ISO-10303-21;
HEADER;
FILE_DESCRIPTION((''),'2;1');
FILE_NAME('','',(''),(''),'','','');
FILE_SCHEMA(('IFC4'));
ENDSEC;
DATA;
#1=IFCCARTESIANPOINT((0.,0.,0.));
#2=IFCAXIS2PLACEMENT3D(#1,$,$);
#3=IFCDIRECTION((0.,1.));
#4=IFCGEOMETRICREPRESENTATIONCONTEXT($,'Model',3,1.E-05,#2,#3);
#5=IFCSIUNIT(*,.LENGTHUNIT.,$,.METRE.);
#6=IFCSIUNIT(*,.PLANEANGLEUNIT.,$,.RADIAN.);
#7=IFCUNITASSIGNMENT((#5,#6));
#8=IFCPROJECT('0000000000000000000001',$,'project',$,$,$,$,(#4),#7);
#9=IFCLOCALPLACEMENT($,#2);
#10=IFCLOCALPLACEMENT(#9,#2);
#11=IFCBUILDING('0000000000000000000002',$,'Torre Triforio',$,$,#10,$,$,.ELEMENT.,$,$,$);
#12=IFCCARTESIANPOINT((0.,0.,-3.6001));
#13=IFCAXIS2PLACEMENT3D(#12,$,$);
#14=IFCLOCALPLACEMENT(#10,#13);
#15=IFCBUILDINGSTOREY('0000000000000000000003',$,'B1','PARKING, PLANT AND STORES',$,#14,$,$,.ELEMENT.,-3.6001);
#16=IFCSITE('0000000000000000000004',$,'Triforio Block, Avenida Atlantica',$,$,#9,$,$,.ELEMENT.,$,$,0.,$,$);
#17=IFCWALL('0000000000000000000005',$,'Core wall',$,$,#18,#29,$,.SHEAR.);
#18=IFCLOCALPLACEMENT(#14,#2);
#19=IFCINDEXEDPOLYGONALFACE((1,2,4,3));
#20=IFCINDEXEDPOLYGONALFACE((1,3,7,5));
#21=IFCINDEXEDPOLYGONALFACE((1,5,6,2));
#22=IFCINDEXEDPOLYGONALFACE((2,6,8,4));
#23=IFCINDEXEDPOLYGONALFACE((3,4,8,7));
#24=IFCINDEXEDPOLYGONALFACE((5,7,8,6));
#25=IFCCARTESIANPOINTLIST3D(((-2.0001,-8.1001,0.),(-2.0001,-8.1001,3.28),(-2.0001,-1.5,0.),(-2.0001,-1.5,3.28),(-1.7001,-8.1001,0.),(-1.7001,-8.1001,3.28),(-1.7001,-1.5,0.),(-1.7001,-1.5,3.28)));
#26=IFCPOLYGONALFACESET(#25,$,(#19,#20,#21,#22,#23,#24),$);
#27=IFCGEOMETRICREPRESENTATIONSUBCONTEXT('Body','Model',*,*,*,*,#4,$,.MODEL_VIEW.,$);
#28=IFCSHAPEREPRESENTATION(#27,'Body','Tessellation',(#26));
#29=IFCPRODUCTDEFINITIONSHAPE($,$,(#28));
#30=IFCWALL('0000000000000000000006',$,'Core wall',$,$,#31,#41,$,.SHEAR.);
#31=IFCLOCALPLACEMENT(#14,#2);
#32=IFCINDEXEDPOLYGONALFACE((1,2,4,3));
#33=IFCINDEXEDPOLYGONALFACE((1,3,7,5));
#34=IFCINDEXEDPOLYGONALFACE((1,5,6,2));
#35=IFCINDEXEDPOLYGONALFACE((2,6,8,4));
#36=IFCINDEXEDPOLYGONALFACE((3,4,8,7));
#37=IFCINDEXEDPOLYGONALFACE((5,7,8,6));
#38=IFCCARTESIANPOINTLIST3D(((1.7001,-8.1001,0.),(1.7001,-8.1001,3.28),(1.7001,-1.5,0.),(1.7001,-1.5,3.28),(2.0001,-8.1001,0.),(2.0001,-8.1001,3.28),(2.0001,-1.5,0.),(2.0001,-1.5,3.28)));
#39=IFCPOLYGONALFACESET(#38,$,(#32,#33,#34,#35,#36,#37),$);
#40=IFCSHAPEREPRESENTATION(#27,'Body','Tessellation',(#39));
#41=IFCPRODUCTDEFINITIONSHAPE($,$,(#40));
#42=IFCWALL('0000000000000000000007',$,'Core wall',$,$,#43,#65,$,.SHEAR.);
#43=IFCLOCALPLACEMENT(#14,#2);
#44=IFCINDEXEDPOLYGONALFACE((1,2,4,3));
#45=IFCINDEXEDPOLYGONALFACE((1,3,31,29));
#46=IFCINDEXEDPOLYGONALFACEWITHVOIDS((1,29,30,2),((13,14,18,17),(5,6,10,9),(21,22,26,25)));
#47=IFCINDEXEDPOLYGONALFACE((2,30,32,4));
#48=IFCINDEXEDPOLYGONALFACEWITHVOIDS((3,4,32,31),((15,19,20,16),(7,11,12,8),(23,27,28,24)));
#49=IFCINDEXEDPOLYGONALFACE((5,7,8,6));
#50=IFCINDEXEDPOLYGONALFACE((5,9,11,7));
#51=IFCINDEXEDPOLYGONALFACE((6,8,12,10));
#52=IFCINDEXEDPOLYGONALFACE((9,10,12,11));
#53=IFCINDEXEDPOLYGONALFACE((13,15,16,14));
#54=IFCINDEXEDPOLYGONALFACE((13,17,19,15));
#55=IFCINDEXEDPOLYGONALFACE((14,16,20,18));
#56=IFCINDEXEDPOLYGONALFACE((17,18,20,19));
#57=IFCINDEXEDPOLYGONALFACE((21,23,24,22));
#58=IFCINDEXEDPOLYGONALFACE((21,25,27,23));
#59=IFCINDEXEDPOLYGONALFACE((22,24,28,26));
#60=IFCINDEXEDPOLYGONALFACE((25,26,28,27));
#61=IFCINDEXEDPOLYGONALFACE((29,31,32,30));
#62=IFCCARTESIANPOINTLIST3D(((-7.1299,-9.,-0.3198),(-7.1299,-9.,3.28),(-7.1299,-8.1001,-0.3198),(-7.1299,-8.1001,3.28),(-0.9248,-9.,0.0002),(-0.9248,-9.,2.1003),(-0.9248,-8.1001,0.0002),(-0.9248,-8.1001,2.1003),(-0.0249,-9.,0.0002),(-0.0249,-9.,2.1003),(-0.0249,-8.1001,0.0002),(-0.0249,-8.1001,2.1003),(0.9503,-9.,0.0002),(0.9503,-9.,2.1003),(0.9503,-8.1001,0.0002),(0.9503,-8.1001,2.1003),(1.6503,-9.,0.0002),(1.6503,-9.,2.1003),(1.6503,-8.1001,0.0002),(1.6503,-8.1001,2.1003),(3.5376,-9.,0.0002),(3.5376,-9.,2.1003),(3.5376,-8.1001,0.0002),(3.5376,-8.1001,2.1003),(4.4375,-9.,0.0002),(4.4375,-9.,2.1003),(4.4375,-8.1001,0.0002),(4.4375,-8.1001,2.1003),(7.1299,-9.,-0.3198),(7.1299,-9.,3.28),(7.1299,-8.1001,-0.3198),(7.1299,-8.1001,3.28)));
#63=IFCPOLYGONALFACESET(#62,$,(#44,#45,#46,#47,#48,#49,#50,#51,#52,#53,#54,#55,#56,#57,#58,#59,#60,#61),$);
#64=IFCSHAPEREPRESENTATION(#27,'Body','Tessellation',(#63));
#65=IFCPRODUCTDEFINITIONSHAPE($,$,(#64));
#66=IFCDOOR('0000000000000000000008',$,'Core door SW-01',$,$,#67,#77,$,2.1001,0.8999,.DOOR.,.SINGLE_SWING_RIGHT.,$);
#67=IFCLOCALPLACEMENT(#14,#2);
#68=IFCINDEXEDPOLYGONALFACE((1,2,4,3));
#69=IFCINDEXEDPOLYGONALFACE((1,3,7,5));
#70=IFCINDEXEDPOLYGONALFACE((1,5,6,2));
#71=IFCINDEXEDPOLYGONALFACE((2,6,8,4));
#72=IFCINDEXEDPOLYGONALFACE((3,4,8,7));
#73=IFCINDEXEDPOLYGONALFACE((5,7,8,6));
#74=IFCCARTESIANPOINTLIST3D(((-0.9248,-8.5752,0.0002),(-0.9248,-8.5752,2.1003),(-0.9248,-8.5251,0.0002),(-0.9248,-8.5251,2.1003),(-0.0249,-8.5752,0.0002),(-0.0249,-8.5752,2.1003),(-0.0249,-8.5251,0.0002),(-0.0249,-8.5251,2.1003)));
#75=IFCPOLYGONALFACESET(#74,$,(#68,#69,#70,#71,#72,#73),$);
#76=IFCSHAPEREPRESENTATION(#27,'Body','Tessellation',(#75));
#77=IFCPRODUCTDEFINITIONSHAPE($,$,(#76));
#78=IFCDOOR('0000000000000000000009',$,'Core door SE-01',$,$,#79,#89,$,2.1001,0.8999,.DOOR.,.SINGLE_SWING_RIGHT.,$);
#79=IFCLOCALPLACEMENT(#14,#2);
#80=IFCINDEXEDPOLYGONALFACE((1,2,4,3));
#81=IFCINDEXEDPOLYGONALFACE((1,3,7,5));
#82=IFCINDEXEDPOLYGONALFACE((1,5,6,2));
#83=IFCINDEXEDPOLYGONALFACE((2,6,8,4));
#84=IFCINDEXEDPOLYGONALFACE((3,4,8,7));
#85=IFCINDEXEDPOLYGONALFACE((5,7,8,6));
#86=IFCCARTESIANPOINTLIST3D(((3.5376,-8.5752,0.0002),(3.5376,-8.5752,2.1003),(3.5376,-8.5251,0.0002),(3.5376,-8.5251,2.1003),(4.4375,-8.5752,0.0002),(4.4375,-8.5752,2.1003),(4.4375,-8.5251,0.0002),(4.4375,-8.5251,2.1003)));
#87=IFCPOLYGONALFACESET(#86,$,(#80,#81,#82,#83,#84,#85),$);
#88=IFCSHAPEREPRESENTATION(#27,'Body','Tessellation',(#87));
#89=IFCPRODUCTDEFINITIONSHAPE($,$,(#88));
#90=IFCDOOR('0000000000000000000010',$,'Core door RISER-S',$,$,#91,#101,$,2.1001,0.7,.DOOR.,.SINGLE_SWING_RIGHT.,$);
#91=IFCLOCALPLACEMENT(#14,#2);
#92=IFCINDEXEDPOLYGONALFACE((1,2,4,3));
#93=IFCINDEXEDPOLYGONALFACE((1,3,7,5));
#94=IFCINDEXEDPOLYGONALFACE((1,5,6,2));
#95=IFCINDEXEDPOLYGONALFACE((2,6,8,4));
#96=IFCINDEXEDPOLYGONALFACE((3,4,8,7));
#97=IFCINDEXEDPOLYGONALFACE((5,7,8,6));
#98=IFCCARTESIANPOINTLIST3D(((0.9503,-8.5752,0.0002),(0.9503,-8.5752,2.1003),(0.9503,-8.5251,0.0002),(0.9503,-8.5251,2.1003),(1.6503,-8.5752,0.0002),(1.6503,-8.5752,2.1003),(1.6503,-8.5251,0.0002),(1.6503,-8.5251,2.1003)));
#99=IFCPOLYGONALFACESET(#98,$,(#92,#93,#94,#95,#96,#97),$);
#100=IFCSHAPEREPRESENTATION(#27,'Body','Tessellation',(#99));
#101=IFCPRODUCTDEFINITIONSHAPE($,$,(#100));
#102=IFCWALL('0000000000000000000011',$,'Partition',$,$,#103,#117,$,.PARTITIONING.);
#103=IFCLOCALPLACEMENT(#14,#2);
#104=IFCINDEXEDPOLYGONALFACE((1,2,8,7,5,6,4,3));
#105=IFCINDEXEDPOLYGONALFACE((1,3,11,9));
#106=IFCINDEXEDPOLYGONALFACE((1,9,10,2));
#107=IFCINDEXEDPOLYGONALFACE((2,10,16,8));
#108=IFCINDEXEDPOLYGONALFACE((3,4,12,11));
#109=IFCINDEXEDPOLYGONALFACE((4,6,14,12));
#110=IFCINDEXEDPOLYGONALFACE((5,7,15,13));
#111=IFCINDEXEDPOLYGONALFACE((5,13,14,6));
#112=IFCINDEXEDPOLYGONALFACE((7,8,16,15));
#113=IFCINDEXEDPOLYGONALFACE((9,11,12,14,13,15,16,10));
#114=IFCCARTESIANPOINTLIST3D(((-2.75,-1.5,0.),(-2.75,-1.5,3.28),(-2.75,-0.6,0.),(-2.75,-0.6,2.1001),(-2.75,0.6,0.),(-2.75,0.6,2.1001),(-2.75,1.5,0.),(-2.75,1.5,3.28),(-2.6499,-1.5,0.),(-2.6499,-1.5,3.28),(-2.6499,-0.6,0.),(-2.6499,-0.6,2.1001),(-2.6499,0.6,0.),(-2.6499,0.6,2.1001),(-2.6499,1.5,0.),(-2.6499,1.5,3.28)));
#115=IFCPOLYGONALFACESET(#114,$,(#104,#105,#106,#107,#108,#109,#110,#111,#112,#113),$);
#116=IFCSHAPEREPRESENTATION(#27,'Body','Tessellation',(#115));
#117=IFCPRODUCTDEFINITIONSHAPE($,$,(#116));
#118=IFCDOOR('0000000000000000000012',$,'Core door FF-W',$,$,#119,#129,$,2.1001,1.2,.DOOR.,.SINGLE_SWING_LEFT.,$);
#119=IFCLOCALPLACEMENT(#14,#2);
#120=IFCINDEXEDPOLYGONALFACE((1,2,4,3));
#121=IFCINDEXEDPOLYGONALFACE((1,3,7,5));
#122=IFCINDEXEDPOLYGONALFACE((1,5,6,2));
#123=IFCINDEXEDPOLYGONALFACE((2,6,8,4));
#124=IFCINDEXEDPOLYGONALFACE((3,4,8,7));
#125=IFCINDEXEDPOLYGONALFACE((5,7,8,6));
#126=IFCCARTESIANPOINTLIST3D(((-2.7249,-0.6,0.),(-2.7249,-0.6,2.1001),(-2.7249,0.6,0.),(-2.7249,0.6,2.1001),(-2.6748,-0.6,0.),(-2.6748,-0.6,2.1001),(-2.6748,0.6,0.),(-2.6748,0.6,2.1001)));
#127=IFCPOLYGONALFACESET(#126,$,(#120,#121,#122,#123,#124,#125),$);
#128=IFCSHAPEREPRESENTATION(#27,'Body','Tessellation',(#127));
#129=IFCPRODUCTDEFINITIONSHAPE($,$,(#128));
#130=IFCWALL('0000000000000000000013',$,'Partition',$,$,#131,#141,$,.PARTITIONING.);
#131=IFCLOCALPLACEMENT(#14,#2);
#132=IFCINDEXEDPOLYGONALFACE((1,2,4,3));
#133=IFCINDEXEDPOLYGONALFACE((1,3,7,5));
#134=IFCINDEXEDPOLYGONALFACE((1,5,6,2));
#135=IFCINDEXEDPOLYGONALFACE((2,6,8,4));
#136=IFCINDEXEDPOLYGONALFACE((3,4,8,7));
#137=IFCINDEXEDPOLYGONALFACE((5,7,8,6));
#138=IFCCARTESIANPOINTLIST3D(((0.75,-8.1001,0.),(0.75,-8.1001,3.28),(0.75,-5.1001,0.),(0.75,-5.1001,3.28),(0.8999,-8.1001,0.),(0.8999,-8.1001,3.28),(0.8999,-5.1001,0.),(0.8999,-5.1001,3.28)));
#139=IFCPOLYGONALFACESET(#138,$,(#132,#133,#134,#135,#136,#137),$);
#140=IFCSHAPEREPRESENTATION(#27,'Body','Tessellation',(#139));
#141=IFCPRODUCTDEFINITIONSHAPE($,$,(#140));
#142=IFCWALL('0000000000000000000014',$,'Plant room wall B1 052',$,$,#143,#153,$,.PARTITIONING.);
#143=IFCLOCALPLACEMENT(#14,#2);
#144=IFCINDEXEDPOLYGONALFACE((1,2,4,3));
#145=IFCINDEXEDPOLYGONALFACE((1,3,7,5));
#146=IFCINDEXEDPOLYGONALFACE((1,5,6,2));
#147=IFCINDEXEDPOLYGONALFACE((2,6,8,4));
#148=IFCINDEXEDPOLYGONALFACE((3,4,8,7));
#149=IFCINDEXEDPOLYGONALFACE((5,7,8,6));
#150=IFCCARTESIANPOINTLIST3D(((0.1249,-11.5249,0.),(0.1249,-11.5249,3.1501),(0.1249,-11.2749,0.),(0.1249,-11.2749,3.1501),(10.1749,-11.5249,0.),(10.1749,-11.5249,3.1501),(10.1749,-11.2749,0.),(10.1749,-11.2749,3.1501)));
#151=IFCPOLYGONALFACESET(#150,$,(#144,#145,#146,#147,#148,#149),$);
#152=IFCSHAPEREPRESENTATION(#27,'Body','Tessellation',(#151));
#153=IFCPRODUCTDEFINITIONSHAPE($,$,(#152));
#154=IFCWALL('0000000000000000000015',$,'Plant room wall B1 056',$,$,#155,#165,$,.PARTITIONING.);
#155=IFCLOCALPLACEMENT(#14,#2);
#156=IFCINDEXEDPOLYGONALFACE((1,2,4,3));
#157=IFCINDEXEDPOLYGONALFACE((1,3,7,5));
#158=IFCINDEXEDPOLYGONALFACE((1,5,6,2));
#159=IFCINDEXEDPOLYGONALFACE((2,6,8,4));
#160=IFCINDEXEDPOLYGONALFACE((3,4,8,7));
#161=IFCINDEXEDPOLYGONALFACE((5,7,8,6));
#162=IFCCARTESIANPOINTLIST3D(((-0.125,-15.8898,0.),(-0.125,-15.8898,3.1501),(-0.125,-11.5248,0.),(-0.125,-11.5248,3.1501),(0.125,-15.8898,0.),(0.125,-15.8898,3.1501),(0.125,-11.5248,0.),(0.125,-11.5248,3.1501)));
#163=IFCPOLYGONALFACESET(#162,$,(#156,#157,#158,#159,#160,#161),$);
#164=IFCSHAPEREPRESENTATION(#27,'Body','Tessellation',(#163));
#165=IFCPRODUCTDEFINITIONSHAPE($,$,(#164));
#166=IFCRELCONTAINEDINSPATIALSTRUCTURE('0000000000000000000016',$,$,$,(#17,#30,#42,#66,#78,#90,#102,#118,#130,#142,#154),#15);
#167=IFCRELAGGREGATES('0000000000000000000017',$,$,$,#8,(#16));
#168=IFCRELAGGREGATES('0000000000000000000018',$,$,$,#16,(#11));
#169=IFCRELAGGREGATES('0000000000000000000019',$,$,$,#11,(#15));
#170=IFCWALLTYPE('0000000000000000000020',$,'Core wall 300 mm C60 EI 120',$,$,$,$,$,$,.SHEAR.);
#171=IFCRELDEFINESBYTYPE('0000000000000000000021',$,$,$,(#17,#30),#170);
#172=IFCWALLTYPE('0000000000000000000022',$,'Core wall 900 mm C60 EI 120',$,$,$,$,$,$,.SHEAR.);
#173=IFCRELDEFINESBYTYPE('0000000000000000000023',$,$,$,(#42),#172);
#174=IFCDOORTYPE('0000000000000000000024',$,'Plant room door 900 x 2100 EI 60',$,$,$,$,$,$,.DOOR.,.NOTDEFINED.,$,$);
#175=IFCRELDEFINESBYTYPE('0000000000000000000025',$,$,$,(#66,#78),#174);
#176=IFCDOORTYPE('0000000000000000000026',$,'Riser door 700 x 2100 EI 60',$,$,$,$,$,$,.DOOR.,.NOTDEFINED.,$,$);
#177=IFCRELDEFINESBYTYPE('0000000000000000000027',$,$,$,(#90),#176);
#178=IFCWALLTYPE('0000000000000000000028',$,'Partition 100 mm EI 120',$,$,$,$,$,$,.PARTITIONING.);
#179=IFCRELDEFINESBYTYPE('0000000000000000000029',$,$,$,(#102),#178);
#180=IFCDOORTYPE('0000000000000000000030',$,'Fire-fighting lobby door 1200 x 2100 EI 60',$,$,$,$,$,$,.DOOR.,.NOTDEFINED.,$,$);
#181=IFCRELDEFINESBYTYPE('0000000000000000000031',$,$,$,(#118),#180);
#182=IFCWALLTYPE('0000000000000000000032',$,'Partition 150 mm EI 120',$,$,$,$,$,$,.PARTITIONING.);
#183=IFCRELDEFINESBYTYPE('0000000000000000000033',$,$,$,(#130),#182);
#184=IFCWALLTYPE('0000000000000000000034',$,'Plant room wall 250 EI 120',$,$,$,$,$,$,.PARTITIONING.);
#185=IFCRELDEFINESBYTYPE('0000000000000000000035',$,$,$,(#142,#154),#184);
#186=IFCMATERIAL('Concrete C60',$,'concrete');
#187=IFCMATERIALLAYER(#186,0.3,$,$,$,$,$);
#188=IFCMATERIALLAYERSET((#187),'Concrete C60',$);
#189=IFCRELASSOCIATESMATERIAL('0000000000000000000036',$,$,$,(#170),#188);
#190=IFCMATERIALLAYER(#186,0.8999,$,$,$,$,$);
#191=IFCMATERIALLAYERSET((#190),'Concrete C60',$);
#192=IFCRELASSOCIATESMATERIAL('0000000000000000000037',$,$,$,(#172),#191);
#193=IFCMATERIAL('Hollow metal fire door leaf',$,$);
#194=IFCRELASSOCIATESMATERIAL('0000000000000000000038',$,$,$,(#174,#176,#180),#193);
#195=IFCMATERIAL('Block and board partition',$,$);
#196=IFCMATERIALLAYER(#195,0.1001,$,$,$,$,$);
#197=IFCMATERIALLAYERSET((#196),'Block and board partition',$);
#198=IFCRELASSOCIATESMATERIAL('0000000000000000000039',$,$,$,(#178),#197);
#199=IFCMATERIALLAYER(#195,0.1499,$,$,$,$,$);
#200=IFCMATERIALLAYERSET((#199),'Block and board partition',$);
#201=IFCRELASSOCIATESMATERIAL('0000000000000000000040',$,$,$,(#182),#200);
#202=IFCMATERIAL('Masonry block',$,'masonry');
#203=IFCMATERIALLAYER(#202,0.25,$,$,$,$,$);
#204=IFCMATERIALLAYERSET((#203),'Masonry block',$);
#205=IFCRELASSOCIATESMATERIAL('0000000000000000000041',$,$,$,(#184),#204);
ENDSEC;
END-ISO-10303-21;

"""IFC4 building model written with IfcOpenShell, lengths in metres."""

from ifc_helpers import new_model, si_unit, direction, frame, frame_2d, origin, place, context, subcontext, project, spatial, rectangle, extrude, material, layer, layer_set, type_object, element, fill, save


model = new_model("IFC4")

# Units and contexts
model_context = context("Model", 3, precision=1e-05, world=origin(), true_north=direction((0.0, 1.0)))
body_context = subcontext(model_context, "Body", "Model", "MODEL_VIEW")
ifc_project = project(units=[si_unit("LENGTHUNIT", "METRE"), si_unit("PLANEANGLEUNIT", "RADIAN")], contexts=[model_context])

# Site, building, storey
site_placement = place(None, origin())
site = spatial("IfcSite", under=ifc_project, at=site_placement, Name="Triforio Block, Avenida Atlantica", CompositionType="ELEMENT", RefElevation=0.0)
building_placement = place(site_placement, origin())
building = spatial("IfcBuilding", under=site, at=building_placement, Name="Torre Triforio", CompositionType="ELEMENT")
storey_placement = place(building_placement, frame((0.0, 0.0, -3.6001)))
storey = spatial("IfcBuildingStorey", under=building, at=storey_placement, Name="B1", Description="PARKING, PLANT AND STORES", CompositionType="ELEMENT", Elevation=-3.6001)

# Walls
ifc_material_1 = material(Name="Concrete C60", Category="concrete")
ifc_layer_1 = layer(ifc_material_1, 0.3)
ifc_layer_set_1 = layer_set([ifc_layer_1], Name="Concrete C60")
wall_type_1 = type_object("IfcWallType", Name="Core wall 300 mm C60 EI 120", PredefinedType="SHEAR", material=ifc_layer_set_1)
for number, where, z_axis, x_axis, name in (
    (1, (-1.8501, -8.1001, 0.0), (0.0, 0.0, 1.0), (0.0, 1.0, 0.0), "Core wall"),
    (2, (1.8501, -8.1001, 0.0), (0.0, 0.0, 1.0), (0.0, 1.0, 0.0), "Core wall"),
):
    element("IfcWall", number, at=place(storey_placement, frame(where, z_axis=z_axis, x_axis=x_axis)), inside=storey, type_object=wall_type_1, Name=name, PredefinedType="SHEAR", context=body_context, shape_type="SweptSolid", body=[
        extrude(rectangle(XDim=6.6001, YDim=0.3, at=frame_2d((3.3, 0.0))), origin(), (0.0, 0.0, 1.0), 3.28),
    ])

# Wall, openings, doors
ifc_layer_2 = layer(ifc_material_1, 0.8999)
ifc_layer_set_2 = layer_set([ifc_layer_2], Name="Concrete C60")
wall_type_2 = type_object("IfcWallType", Name="Core wall 900 mm C60 EI 120", PredefinedType="SHEAR", material=ifc_layer_set_2)
wall_1_placement = place(storey_placement, frame((-7.1299, -8.55, -0.3198), z_axis=(0.0, 0.0, 1.0), x_axis=(1.0, 0.0, 0.0)))
wall_1 = element("IfcWall", 3, at=wall_1_placement, inside=storey, type_object=wall_type_2, Name="Core wall", PredefinedType="SHEAR", context=body_context, shape_type="SweptSolid", body=[
    extrude(rectangle(XDim=14.2598, YDim=0.8999, at=frame_2d((7.1299, 0.0))), origin(), (0.0, 0.0, 1.0), 3.5999),
])
opening_1_placement = place(wall_1_placement, frame((8.0801, 0.0, 0.3201)))
opening_1 = element("IfcOpeningElement", 4, at=opening_1_placement, cuts=wall_1, PredefinedType="OPENING", context=body_context, shape_type="SweptSolid", body=[
    extrude(rectangle(XDim=0.7, YDim=2.1001, at=frame_2d((0.3501, 1.05))), frame((0.0, 0.46, 0.0), z_axis=(0.0, -1.0, 0.0), x_axis=(1.0, 0.0, 0.0)), (0.0, 0.0, 1.0), 0.9199),
])
opening_2_placement = place(wall_1_placement, frame((6.2051, 0.0, 0.3201)))
opening_2 = element("IfcOpeningElement", 5, at=opening_2_placement, cuts=wall_1, PredefinedType="OPENING", context=body_context, shape_type="SweptSolid", body=[
    extrude(rectangle(XDim=0.8999, YDim=2.1001, at=frame_2d((0.45, 1.05))), frame((0.0, 0.46, 0.0), z_axis=(0.0, -1.0, 0.0), x_axis=(1.0, 0.0, 0.0)), (0.0, 0.0, 1.0), 0.9199),
])
opening_3_placement = place(wall_1_placement, frame((10.6675, 0.0, 0.3201)))
opening_3 = element("IfcOpeningElement", 6, at=opening_3_placement, cuts=wall_1, PredefinedType="OPENING", context=body_context, shape_type="SweptSolid", body=[
    extrude(rectangle(XDim=0.8999, YDim=2.1001, at=frame_2d((0.45, 1.05))), frame((0.0, 0.46, 0.0), z_axis=(0.0, -1.0, 0.0), x_axis=(1.0, 0.0, 0.0)), (0.0, 0.0, 1.0), 0.9199),
])
ifc_material_2 = material(Name="Hollow metal fire door leaf")
door_type_1 = type_object("IfcDoorType", Name="Plant room door 900 x 2100 EI 60", OperationType="NOTDEFINED", PredefinedType="DOOR", material=ifc_material_2)
door_1_placement = place(opening_2_placement, origin())
door_1 = element("IfcDoor", 7, at=door_1_placement, inside=storey, type_object=door_type_1, Name="Core door SW-01", OperationType="SINGLE_SWING_RIGHT", OverallHeight=2.1001, OverallWidth=0.8999, PredefinedType="DOOR", context=body_context, shape_type="SweptSolid", body=[
    extrude(rectangle(XDim=0.8999, YDim=2.1001, at=frame_2d((0.45, 1.05))), frame((0.0, 0.0249, 0.0), z_axis=(0.0, -1.0, 0.0), x_axis=(1.0, 0.0, 0.0)), (0.0, 0.0, 1.0), 0.05),
])
fill(opening_2, door_1)
door_2_placement = place(opening_3_placement, origin())
door_2 = element("IfcDoor", 8, at=door_2_placement, inside=storey, type_object=door_type_1, Name="Core door SE-01", OperationType="SINGLE_SWING_RIGHT", OverallHeight=2.1001, OverallWidth=0.8999, PredefinedType="DOOR", context=body_context, shape_type="SweptSolid", body=[
    extrude(rectangle(XDim=0.8999, YDim=2.1001, at=frame_2d((0.45, 1.05))), frame((0.0, 0.0249, 0.0), z_axis=(0.0, -1.0, 0.0), x_axis=(1.0, 0.0, 0.0)), (0.0, 0.0, 1.0), 0.05),
])
fill(opening_3, door_2)
door_type_2 = type_object("IfcDoorType", Name="Riser door 700 x 2100 EI 60", OperationType="NOTDEFINED", PredefinedType="DOOR", material=ifc_material_2)
door_3_placement = place(opening_1_placement, origin())
door_3 = element("IfcDoor", 9, at=door_3_placement, inside=storey, type_object=door_type_2, Name="Core door RISER-S", OperationType="SINGLE_SWING_RIGHT", OverallHeight=2.1001, OverallWidth=0.7, PredefinedType="DOOR", context=body_context, shape_type="SweptSolid", body=[
    extrude(rectangle(XDim=0.7, YDim=2.1001, at=frame_2d((0.3501, 1.05))), frame((0.0, 0.0249, 0.0), z_axis=(0.0, -1.0, 0.0), x_axis=(1.0, 0.0, 0.0)), (0.0, 0.0, 1.0), 0.05),
])
fill(opening_1, door_3)

# Wall, opening, door
ifc_material_3 = material(Name="Block and board partition")
ifc_layer_3 = layer(ifc_material_3, 0.1001)
ifc_layer_set_3 = layer_set([ifc_layer_3], Name="Block and board partition")
wall_type_3 = type_object("IfcWallType", Name="Partition 100 mm EI 120", PredefinedType="PARTITIONING", material=ifc_layer_set_3)
wall_2_placement = place(storey_placement, frame((-2.7, -1.5, 0.0), z_axis=(0.0, 0.0, 1.0), x_axis=(0.0, 1.0, 0.0)))
wall_2 = element("IfcWall", 10, at=wall_2_placement, inside=storey, type_object=wall_type_3, Name="Partition", PredefinedType="PARTITIONING", context=body_context, shape_type="SweptSolid", body=[
    extrude(rectangle(XDim=3.0, YDim=0.1001, at=frame_2d((1.5, 0.0))), origin(), (0.0, 0.0, 1.0), 3.28),
])
opening_4_placement = place(wall_2_placement, frame((0.8999, 0.0, 0.0)))
opening_4 = element("IfcOpeningElement", 11, at=opening_4_placement, cuts=wall_2, PredefinedType="OPENING", context=body_context, shape_type="SweptSolid", body=[
    extrude(rectangle(XDim=1.2, YDim=2.1001, at=frame_2d((0.6001, 1.05))), frame((0.0, 0.0601, 0.0), z_axis=(0.0, -1.0, 0.0), x_axis=(1.0, 0.0, 0.0)), (0.0, 0.0, 1.0), 0.1201),
])
door_type_3 = type_object("IfcDoorType", Name="Fire-fighting lobby door 1200 x 2100 EI 60", OperationType="NOTDEFINED", PredefinedType="DOOR", material=ifc_material_2)
door_4_placement = place(opening_4_placement, origin())
door_4 = element("IfcDoor", 12, at=door_4_placement, inside=storey, type_object=door_type_3, Name="Core door FF-W", OperationType="SINGLE_SWING_LEFT", OverallHeight=2.1001, OverallWidth=1.2, PredefinedType="DOOR", context=body_context, shape_type="SweptSolid", body=[
    extrude(rectangle(XDim=1.2, YDim=2.1001, at=frame_2d((0.6001, 1.05))), frame((0.0, 0.0249, 0.0), z_axis=(0.0, -1.0, 0.0), x_axis=(1.0, 0.0, 0.0)), (0.0, 0.0, 1.0), 0.05),
])
fill(opening_4, door_4)

# Walls
ifc_layer_4 = layer(ifc_material_3, 0.1499)
ifc_layer_set_4 = layer_set([ifc_layer_4], Name="Block and board partition")
wall_type_4 = type_object("IfcWallType", Name="Partition 150 mm EI 120", PredefinedType="PARTITIONING", material=ifc_layer_set_4)
wall_3_placement = place(storey_placement, frame((0.825, -8.1001, 0.0), z_axis=(0.0, 0.0, 1.0), x_axis=(0.0, 1.0, 0.0)))
element("IfcWall", 13, at=wall_3_placement, inside=storey, type_object=wall_type_4, Name="Partition", PredefinedType="PARTITIONING", context=body_context, shape_type="SweptSolid", body=[
    extrude(rectangle(XDim=3.0, YDim=0.1499, at=frame_2d((1.5, 0.0))), origin(), (0.0, 0.0, 1.0), 3.28),
])
ifc_material_4 = material(Name="Masonry block", Category="masonry")
ifc_layer_5 = layer(ifc_material_4, 0.25)
ifc_layer_set_5 = layer_set([ifc_layer_5], Name="Masonry block")
wall_type_5 = type_object("IfcWallType", Name="Plant room wall 250 EI 120", PredefinedType="PARTITIONING", material=ifc_layer_set_5)
wall_4_placement = place(storey_placement, frame((0.125, -11.3999, 0.0), z_axis=(0.0, 0.0, 1.0), x_axis=(1.0, 0.0, 0.0)))
element("IfcWall", 14, at=wall_4_placement, inside=storey, type_object=wall_type_5, Name="Plant room wall B1 052", PredefinedType="PARTITIONING", context=body_context, shape_type="SweptSolid", body=[
    extrude(rectangle(XDim=10.05, YDim=0.25, at=frame_2d((5.0249, 0.0))), origin(), (0.0, 0.0, 1.0), 3.1501),
])
wall_5_placement = place(storey_placement, frame((0.0, -15.8899, 0.0), z_axis=(0.0, 0.0, 1.0), x_axis=(0.0, 1.0, 0.0)))
element("IfcWall", 15, at=wall_5_placement, inside=storey, type_object=wall_type_5, Name="Plant room wall B1 056", PredefinedType="PARTITIONING", context=body_context, shape_type="SweptSolid", body=[
    extrude(rectangle(XDim=4.365, YDim=0.25, at=frame_2d((2.1826, 0.0))), origin(), (0.0, 0.0, 1.0), 3.1501),
])

save(model, "model.ifc")
